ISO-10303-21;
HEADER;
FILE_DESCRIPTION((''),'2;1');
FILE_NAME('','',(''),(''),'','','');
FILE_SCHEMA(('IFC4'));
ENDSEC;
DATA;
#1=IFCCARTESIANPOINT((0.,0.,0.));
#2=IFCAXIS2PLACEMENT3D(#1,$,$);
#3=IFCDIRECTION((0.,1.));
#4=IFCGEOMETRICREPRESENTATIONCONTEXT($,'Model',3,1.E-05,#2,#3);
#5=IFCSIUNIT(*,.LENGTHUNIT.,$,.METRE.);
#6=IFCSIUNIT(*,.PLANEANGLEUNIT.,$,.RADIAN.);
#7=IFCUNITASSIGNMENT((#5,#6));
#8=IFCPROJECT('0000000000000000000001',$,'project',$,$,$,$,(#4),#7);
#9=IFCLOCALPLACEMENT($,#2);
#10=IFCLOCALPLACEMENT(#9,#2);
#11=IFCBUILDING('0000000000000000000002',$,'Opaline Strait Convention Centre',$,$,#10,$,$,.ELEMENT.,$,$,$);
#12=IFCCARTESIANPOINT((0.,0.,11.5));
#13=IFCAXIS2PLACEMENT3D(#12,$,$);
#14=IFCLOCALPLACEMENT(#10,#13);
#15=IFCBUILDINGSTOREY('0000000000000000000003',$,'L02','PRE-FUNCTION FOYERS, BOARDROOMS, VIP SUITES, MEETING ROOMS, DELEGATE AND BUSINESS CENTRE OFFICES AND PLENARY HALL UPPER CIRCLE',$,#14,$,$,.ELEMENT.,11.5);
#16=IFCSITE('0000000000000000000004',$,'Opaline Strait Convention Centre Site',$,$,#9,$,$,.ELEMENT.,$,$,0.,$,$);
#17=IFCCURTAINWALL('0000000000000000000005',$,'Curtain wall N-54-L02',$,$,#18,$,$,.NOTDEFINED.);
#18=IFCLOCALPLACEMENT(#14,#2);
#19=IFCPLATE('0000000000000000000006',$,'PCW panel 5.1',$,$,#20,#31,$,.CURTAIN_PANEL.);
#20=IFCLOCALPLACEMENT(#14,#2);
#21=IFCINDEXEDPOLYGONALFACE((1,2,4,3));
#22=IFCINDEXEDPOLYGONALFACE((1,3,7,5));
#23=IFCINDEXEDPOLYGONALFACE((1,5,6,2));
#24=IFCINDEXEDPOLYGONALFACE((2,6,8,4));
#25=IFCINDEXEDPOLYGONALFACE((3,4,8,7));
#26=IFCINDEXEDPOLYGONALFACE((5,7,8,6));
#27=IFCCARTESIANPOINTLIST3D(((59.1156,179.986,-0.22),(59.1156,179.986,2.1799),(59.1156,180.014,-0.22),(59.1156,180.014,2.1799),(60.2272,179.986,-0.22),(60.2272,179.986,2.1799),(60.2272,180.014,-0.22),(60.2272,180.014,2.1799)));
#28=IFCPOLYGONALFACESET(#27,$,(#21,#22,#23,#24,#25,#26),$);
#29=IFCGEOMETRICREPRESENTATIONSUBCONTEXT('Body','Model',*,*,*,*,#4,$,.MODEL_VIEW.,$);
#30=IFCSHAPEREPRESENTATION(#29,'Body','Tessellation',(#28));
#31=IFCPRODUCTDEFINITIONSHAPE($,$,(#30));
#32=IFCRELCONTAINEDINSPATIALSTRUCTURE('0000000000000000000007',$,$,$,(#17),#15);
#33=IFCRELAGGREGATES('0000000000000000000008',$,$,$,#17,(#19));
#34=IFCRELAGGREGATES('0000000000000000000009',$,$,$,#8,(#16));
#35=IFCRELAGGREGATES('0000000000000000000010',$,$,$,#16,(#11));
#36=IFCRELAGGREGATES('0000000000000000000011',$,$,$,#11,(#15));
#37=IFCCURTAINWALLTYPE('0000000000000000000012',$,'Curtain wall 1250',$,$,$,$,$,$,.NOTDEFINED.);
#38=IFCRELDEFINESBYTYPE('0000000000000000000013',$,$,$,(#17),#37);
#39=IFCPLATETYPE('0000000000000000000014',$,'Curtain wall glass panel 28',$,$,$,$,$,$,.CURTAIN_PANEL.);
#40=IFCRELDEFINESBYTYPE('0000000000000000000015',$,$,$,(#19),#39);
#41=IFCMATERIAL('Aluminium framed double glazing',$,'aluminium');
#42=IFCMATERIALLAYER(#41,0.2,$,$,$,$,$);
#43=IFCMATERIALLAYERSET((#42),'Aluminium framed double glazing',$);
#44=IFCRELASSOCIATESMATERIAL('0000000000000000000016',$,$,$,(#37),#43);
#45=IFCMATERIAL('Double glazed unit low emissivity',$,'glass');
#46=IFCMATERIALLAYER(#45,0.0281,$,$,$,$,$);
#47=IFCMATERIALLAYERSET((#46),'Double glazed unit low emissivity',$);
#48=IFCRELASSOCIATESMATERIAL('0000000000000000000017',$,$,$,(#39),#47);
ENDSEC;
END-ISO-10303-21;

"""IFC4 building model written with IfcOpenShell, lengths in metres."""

from ifc_helpers import new_model, si_unit, direction, frame, origin, origin_2d, place, context, subcontext, project, spatial, rectangle, extrude, material, layer, layer_set, type_object, element, aggregate, save


model = new_model("IFC4")

# Units and contexts
model_context = context("Model", 3, precision=1e-05, world=origin(), true_north=direction((0.0, 1.0)))
body_context = subcontext(model_context, "Body", "Model", "MODEL_VIEW")
ifc_project = project(units=[si_unit("LENGTHUNIT", "METRE"), si_unit("PLANEANGLEUNIT", "RADIAN")], contexts=[model_context])

# Site, building, storey
site_placement = place(None, origin())
site = spatial("IfcSite", under=ifc_project, at=site_placement, Name="Opaline Strait Convention Centre Site", CompositionType="ELEMENT", RefElevation=0.0)
building_placement = place(site_placement, origin())
building = spatial("IfcBuilding", under=site, at=building_placement, Name="Opaline Strait Convention Centre", CompositionType="ELEMENT")
storey_placement = place(building_placement, frame((0.0, 0.0, 11.5)))
storey = spatial("IfcBuildingStorey", under=building, at=storey_placement, Name="L02", Description="PRE-FUNCTION FOYERS, BOARDROOMS, VIP SUITES, MEETING ROOMS, DELEGATE AND BUSINESS CENTRE OFFICES AND PLENARY HALL UPPER CIRCLE", CompositionType="ELEMENT", Elevation=11.5)

# Shared definitions
ifc_material_1 = material(Name="Aluminium framed double glazing", Category="aluminium")
ifc_layer_1 = layer(ifc_material_1, 0.2)
ifc_layer_set_1 = layer_set([ifc_layer_1], Name="Aluminium framed double glazing")
curtain_wall_type = type_object("IfcCurtainWallType", Name="Curtain wall 1250", PredefinedType="NOTDEFINED", material=ifc_layer_set_1)

# Curtain wall
curtain_wall_1_placement = place(storey_placement, origin())
curtain_wall_1 = element("IfcCurtainWall", 1, at=curtain_wall_1_placement, inside=storey, type_object=curtain_wall_type, Name="Curtain wall N-54-L02", PredefinedType="NOTDEFINED")

# Plate
ifc_material_2 = material(Name="Double glazed unit low emissivity", Category="glass")
ifc_layer_2 = layer(ifc_material_2, 0.0281)
ifc_layer_set_2 = layer_set([ifc_layer_2], Name="Double glazed unit low emissivity")
plate_type = type_object("IfcPlateType", Name="Curtain wall glass panel 28", PredefinedType="CURTAIN_PANEL", material=ifc_layer_set_2)
plate_1_placement = place(storey_placement, frame((59.6714, 180.0, -0.22), z_axis=(0.0, 0.0, 1.0), x_axis=(1.0, 0.0, 0.0)))
plate_1 = element("IfcPlate", 2, at=plate_1_placement, type_object=plate_type, Name="PCW panel 5.1", PredefinedType="CURTAIN_PANEL", context=body_context, shape_type="SweptSolid", body=[
    extrude(rectangle(XDim=1.1116, YDim=0.0281, at=origin_2d()), origin(), (0.0, 0.0, 1.0), 2.3999),
])
aggregate(curtain_wall_1, [plate_1])

save(model, "model.ifc")
